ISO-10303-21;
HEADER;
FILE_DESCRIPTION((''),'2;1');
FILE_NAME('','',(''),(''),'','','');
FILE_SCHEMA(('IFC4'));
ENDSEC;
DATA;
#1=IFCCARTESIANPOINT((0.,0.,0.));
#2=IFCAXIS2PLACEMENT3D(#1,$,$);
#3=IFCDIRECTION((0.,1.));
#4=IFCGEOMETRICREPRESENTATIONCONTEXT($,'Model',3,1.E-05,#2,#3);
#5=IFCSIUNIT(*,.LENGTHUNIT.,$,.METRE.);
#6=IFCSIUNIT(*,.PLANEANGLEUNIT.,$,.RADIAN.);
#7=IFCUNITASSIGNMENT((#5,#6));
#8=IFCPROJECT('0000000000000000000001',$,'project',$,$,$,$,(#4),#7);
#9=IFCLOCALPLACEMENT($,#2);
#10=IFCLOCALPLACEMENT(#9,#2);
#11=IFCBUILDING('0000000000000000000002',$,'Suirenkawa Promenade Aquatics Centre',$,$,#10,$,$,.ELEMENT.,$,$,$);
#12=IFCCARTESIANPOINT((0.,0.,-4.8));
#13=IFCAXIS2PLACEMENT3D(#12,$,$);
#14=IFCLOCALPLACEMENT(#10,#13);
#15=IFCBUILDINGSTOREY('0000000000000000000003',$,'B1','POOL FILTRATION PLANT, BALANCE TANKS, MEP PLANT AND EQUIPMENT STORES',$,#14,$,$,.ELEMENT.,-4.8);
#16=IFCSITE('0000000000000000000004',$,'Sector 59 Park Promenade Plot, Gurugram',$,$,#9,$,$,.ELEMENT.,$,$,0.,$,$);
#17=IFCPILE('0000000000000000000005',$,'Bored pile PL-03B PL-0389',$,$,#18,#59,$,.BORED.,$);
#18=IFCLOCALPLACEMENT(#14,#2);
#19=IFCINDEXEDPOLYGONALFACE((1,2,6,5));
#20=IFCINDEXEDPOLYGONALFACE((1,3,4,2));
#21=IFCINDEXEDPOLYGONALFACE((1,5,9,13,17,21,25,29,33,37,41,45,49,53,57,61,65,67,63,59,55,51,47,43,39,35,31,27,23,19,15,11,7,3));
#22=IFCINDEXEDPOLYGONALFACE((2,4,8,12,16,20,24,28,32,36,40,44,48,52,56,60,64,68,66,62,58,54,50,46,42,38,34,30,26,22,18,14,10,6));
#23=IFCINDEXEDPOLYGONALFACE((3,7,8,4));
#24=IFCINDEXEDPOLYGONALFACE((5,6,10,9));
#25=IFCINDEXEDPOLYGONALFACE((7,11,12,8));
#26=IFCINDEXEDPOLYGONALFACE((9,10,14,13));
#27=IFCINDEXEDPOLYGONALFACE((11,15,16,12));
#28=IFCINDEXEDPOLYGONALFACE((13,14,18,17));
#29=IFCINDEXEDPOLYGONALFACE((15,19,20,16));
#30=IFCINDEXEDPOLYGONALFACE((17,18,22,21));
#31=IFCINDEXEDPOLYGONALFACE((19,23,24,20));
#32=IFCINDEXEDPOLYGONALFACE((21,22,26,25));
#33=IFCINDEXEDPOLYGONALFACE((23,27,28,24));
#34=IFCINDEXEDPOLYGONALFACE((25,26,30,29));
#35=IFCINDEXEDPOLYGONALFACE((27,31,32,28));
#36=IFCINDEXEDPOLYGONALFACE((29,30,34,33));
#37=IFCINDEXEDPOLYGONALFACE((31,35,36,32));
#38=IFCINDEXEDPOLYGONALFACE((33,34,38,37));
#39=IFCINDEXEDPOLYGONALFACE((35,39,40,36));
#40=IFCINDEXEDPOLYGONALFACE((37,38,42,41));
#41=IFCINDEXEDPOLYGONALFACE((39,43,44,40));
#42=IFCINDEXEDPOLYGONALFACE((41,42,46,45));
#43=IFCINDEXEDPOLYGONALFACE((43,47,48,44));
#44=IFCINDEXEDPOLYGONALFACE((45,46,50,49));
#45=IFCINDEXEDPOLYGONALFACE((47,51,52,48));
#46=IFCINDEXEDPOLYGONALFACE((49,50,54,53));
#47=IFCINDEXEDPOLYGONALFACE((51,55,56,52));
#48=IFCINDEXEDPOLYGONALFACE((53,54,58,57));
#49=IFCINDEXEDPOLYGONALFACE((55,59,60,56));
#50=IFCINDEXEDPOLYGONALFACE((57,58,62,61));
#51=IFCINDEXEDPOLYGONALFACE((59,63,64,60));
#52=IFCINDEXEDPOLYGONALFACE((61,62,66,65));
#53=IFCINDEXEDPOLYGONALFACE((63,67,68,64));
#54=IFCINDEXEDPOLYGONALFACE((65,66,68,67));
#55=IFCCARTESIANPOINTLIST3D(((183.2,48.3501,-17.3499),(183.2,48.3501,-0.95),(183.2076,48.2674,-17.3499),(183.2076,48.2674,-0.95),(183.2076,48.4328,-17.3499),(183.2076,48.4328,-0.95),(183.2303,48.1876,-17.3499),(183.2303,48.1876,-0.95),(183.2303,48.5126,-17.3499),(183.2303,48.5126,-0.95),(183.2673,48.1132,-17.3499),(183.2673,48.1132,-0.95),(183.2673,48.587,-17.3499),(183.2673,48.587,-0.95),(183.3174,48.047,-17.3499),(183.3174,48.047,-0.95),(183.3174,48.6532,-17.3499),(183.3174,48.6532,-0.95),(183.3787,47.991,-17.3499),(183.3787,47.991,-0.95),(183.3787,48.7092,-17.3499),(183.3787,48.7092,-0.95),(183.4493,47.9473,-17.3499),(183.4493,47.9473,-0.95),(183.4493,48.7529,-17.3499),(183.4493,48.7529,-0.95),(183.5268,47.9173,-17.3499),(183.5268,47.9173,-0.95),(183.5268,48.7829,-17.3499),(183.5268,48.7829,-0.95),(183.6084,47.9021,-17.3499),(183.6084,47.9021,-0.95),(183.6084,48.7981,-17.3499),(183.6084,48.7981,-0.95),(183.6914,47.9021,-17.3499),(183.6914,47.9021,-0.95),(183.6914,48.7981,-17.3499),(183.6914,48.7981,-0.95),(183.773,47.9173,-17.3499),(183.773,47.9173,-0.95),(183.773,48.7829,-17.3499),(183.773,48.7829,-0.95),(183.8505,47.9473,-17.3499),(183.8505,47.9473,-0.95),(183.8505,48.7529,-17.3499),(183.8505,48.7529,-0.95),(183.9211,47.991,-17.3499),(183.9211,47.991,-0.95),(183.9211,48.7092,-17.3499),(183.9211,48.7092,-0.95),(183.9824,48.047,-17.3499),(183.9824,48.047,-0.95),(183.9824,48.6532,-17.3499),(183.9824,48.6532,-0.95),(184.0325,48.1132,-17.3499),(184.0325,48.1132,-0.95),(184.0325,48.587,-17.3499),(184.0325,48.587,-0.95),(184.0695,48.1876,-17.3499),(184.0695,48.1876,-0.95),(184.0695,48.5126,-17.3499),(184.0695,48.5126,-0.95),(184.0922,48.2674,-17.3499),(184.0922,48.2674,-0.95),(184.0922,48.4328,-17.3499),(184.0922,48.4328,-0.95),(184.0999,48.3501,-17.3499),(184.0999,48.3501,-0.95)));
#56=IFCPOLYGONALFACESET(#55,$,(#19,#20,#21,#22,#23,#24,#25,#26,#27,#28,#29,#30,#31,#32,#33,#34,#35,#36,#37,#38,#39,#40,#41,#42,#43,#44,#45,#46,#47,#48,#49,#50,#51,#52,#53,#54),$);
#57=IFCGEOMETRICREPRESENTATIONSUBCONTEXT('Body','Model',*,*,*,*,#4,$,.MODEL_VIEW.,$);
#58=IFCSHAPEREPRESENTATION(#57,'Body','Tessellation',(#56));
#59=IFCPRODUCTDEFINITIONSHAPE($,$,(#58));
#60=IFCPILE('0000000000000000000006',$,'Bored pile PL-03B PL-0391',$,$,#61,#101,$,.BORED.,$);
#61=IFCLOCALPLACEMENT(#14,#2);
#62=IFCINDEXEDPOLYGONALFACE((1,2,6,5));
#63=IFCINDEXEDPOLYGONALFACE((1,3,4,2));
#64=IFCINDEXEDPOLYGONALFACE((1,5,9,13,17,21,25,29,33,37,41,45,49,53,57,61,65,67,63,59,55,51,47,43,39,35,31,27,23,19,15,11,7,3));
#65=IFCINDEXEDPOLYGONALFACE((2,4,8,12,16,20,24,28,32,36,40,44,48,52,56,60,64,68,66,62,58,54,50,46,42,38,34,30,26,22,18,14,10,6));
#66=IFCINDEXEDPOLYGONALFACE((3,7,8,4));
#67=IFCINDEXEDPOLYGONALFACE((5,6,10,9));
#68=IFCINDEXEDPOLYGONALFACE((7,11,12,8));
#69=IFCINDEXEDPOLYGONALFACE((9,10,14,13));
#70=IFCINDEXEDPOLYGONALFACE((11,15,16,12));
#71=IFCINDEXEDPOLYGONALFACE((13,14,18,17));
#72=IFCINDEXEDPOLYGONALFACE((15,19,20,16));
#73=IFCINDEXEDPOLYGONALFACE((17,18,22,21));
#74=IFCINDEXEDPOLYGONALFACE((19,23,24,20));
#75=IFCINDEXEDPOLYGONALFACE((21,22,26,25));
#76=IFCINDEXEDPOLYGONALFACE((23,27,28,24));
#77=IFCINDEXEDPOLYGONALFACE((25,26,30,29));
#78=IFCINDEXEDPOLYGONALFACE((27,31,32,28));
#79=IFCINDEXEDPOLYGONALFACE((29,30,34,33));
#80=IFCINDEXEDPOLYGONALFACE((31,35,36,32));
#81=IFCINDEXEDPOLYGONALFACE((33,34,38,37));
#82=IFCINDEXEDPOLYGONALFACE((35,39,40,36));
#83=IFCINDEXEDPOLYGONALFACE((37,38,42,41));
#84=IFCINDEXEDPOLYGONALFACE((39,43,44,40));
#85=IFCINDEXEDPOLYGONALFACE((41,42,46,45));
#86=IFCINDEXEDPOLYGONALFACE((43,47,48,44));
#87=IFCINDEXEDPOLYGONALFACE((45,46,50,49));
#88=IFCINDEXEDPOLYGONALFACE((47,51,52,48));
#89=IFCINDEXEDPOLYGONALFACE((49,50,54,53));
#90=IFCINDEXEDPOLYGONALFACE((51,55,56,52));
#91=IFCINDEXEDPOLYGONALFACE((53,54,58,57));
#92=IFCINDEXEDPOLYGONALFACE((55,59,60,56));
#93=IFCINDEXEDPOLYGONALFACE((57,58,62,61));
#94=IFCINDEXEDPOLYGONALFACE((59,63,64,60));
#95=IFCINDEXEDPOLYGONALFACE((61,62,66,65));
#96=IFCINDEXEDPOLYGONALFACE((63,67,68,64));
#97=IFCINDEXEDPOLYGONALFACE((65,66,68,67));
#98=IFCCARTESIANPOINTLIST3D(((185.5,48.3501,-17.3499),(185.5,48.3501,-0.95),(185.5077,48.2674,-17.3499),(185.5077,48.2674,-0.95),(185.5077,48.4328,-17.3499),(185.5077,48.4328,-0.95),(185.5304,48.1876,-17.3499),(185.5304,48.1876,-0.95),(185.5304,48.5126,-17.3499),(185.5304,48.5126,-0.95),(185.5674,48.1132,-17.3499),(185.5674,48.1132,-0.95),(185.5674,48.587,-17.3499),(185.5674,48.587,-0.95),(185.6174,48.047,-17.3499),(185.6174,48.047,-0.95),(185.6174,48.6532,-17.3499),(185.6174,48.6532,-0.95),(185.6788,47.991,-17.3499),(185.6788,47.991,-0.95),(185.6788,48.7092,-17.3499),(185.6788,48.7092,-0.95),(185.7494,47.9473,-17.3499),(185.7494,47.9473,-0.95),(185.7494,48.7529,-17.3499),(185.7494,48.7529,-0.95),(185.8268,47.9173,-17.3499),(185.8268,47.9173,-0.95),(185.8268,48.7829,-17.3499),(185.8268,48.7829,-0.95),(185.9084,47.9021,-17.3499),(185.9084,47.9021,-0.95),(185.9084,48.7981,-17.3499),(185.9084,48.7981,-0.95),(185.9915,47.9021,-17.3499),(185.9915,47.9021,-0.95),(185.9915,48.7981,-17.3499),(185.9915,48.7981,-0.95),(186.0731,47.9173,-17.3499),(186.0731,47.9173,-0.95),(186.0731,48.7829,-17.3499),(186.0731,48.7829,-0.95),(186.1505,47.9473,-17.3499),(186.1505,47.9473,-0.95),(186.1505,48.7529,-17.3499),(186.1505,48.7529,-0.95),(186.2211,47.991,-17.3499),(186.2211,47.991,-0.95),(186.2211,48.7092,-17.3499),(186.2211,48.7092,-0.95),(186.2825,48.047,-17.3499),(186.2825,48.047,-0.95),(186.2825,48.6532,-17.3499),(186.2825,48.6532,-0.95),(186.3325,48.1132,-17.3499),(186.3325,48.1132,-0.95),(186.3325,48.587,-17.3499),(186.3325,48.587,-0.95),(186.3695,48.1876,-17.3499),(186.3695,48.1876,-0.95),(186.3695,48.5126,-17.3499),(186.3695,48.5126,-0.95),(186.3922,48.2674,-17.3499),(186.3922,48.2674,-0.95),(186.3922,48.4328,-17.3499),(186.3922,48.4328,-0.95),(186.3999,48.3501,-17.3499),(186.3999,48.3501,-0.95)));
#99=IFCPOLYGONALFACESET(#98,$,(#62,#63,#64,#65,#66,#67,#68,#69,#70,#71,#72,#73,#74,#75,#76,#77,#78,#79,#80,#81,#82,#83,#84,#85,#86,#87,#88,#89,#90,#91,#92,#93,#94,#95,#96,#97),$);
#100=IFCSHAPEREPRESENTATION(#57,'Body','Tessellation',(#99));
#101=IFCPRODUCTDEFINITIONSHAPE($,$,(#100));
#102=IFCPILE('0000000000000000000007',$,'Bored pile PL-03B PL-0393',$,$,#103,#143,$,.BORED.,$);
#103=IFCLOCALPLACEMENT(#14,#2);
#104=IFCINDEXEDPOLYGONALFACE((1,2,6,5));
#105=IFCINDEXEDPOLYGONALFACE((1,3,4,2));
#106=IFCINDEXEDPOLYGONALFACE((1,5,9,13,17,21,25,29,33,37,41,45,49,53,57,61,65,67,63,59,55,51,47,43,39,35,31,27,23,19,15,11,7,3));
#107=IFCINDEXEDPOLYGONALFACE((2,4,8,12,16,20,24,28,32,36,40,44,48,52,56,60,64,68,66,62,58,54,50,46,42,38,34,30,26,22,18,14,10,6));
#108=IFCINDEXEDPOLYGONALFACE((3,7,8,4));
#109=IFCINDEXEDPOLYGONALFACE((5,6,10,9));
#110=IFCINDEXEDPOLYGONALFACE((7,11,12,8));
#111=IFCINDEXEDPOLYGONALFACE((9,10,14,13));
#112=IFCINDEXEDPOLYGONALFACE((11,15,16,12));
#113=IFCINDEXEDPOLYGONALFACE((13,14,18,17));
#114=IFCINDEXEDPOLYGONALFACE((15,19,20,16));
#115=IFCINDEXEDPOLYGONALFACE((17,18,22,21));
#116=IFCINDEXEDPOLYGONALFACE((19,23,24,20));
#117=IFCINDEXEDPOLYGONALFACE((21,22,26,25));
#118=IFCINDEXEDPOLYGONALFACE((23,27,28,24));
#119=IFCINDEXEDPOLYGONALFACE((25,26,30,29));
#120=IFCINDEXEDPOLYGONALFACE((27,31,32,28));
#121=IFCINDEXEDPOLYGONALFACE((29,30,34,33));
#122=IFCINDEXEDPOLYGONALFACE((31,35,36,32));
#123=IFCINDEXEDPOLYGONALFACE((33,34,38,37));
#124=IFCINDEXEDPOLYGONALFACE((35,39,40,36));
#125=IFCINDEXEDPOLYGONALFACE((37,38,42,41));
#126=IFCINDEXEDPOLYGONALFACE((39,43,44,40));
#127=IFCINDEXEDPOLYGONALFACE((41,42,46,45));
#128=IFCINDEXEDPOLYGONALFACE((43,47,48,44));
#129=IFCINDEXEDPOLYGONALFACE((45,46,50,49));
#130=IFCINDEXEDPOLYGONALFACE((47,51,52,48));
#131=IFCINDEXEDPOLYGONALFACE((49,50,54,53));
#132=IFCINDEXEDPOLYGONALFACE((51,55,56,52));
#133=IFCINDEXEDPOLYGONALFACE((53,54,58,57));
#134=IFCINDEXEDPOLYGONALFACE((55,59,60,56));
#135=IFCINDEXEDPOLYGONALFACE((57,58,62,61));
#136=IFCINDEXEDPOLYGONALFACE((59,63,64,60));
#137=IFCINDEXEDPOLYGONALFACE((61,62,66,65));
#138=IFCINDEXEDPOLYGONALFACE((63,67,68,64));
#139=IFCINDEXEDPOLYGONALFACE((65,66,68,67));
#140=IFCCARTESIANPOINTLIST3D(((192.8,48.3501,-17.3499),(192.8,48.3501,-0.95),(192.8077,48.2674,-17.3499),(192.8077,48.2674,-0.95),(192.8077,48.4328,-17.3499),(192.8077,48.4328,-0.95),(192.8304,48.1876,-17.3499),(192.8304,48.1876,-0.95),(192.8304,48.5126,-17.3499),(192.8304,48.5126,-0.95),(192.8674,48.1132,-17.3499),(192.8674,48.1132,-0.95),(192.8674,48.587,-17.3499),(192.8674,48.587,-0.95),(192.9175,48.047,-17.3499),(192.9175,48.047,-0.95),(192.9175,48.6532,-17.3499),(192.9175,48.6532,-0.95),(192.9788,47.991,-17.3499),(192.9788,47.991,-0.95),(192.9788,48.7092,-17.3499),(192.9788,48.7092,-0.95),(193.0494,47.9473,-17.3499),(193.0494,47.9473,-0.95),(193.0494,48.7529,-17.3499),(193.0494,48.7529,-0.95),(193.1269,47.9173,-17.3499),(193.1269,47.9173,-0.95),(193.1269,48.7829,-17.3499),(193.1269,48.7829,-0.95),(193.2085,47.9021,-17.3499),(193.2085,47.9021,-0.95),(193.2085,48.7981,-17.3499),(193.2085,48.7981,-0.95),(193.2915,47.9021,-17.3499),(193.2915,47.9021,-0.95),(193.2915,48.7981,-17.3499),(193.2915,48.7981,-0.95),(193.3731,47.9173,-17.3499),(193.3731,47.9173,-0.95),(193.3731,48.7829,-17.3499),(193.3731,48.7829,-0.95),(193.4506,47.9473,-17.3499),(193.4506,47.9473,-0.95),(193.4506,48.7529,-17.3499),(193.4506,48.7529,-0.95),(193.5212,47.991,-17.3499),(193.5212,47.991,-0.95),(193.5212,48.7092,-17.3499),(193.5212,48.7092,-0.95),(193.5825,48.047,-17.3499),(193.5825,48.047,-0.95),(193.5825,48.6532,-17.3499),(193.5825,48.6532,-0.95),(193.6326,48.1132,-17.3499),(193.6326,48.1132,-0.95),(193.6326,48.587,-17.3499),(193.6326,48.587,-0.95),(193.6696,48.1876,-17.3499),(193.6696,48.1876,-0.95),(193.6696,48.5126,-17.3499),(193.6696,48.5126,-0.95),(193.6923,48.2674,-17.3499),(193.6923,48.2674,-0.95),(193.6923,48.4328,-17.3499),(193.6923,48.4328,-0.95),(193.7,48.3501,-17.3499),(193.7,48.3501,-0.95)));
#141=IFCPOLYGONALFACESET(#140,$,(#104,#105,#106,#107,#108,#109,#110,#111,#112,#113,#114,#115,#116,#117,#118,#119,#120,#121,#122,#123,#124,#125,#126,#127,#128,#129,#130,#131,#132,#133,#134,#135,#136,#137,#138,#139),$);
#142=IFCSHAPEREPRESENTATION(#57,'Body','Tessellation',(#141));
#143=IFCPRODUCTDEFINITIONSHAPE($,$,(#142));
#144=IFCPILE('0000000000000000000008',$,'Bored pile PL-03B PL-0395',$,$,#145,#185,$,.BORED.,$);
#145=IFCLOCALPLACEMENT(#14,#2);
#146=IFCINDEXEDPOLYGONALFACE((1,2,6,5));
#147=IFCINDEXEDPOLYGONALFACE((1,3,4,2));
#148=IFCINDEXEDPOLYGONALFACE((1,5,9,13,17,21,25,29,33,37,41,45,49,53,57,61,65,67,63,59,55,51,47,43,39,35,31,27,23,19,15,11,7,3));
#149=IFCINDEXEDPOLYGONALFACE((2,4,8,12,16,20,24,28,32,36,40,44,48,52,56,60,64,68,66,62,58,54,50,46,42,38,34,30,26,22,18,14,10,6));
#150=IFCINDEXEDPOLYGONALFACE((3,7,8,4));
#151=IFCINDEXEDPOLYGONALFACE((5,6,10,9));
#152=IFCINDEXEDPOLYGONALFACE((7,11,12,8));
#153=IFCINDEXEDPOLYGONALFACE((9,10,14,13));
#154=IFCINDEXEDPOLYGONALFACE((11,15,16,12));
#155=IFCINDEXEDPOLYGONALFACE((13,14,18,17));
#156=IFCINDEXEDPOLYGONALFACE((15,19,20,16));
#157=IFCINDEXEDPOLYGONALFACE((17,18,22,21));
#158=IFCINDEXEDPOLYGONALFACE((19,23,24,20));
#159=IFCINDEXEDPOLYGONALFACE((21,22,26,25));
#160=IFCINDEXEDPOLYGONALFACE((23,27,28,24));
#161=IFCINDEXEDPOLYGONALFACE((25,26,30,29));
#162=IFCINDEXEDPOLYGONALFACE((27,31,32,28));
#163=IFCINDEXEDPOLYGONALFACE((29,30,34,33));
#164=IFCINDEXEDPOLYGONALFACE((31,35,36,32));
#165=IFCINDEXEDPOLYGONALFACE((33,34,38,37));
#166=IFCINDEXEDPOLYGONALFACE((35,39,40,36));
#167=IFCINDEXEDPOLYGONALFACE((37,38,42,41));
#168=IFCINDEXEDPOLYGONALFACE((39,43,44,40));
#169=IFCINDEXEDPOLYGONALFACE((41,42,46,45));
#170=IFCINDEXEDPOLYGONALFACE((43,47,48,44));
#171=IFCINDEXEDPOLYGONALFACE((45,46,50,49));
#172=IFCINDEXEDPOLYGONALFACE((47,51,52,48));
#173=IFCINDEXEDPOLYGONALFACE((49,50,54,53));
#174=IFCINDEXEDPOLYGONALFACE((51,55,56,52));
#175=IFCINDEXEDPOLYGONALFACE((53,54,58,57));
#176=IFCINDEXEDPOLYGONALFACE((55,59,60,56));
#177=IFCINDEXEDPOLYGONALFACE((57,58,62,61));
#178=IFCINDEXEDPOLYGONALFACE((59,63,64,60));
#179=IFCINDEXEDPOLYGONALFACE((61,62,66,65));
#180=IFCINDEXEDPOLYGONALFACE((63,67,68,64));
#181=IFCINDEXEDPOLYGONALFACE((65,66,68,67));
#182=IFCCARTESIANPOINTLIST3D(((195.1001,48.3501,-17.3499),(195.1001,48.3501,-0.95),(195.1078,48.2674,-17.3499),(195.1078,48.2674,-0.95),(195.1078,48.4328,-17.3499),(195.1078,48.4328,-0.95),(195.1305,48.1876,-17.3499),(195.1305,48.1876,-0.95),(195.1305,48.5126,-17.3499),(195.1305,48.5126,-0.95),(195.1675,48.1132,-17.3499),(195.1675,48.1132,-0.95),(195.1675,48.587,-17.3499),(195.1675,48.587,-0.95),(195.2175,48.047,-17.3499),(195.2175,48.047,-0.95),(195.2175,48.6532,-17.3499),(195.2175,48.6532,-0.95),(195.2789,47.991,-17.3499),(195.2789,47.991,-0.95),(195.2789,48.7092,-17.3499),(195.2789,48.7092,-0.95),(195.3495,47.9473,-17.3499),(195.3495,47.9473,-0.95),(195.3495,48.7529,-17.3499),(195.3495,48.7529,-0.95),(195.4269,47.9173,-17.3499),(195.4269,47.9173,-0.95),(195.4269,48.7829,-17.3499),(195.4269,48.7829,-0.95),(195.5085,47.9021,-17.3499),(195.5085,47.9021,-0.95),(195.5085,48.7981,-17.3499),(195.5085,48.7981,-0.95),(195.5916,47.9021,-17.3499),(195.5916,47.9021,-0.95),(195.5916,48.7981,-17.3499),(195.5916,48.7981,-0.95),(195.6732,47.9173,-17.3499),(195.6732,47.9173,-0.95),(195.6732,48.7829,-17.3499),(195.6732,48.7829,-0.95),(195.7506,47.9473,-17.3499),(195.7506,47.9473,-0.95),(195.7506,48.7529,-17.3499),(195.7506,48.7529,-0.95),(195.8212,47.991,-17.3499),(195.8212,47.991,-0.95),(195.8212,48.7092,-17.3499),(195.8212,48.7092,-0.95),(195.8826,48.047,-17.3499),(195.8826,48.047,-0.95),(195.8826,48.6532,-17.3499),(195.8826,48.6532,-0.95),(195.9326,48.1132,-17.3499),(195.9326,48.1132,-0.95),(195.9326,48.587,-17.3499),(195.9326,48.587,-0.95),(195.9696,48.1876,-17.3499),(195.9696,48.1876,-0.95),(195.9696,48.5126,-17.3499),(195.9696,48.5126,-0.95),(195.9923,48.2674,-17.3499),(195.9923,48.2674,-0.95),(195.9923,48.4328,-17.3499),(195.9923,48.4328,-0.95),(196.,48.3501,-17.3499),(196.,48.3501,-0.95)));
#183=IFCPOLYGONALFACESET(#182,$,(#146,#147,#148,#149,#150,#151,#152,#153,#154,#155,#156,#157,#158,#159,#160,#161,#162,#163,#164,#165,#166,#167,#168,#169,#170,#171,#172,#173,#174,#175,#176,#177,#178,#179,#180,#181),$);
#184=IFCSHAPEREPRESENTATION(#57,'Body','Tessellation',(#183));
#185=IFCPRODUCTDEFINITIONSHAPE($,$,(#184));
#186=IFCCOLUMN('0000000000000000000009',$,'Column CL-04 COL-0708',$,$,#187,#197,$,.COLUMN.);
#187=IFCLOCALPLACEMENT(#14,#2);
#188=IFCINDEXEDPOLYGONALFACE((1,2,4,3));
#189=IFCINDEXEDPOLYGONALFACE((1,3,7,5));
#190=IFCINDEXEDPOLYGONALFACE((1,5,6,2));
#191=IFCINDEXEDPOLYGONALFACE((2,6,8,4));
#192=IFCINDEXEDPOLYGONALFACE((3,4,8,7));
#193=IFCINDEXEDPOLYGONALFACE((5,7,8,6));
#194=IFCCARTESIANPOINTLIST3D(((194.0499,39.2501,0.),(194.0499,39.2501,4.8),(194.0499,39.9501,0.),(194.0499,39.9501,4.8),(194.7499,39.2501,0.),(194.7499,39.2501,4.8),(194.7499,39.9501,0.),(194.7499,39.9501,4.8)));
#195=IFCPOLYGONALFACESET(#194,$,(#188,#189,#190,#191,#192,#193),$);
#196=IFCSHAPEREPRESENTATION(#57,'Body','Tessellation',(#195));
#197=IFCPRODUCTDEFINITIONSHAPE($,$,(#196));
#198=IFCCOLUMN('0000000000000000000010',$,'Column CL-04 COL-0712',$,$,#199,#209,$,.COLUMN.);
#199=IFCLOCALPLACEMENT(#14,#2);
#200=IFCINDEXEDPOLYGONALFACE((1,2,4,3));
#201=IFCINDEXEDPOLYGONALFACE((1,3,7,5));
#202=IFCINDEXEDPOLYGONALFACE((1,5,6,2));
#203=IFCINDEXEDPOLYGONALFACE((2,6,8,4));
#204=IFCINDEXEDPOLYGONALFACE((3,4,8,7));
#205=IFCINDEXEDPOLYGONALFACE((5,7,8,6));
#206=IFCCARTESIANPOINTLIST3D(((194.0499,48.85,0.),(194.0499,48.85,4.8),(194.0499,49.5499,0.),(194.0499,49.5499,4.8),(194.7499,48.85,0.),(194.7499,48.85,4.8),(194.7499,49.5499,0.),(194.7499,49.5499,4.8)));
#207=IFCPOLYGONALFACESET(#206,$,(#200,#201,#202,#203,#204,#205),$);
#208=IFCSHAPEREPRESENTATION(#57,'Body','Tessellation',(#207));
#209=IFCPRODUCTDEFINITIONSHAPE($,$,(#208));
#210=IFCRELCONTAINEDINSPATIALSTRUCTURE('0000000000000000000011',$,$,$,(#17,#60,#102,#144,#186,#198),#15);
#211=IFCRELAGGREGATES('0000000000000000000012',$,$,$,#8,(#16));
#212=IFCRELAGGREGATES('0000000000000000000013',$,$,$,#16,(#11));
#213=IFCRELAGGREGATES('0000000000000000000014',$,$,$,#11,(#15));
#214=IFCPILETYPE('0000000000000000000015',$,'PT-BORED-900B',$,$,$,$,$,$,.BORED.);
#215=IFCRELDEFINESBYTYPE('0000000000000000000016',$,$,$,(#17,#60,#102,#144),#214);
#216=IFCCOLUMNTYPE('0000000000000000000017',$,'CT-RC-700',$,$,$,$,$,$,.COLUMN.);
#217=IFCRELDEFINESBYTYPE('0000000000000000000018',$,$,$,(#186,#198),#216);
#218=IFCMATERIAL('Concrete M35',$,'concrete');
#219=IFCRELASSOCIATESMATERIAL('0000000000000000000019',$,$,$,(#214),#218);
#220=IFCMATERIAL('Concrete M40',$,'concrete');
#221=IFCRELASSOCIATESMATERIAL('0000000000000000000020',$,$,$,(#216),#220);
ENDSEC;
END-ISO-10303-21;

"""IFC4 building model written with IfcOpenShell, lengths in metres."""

from ifc_helpers import new_model, si_unit, direction, frame, origin, origin_2d, place, context, subcontext, project, spatial, rectangle, circle, extrude, material, material_profile, profile_set, type_object, element, save


model = new_model("IFC4")

# Units and contexts
model_context = context("Model", 3, precision=1e-05, world=origin(), true_north=direction((0.0, 1.0)))
body_context = subcontext(model_context, "Body", "Model", "MODEL_VIEW")
ifc_project = project(units=[si_unit("LENGTHUNIT", "METRE"), si_unit("PLANEANGLEUNIT", "RADIAN")], contexts=[model_context])

# Site, building, storey
site_placement = place(None, origin())
site = spatial("IfcSite", under=ifc_project, at=site_placement, Name="Sector 59 Park Promenade Plot, Gurugram", CompositionType="ELEMENT", RefElevation=0.0)
building_placement = place(site_placement, origin())
building = spatial("IfcBuilding", under=site, at=building_placement, Name="Suirenkawa Promenade Aquatics Centre", CompositionType="ELEMENT")
storey_placement = place(building_placement, frame((0.0, 0.0, -4.8)))
storey = spatial("IfcBuildingStorey", under=building, at=storey_placement, Name="B1", Description="POOL FILTRATION PLANT, BALANCE TANKS, MEP PLANT AND EQUIPMENT STORES", CompositionType="ELEMENT", Elevation=-4.8)

# Shared definitions
ifc_material_1 = material(Name="Concrete M35", Category="concrete")

# Piles
ifc_material_profile_1 = material_profile(ifc_material_1, circle(Radius=0.45, at=origin_2d()), Name="PILE D900", Category="concrete")
ifc_profile_set_1 = profile_set([ifc_material_profile_1], Name="Concrete M35")
pile_type_1 = type_object("IfcPileType", Name="PT-BORED-900B", PredefinedType="BORED", material=ifc_profile_set_1)
for number, where, z_axis, x_axis, name in (
    (1, (183.6499, 48.3501, -0.95), (0.0, 0.0, -1.0), (1.0, 0.0, 0.0), "Bored pile PL-03B PL-0389"),
    (2, (185.95, 48.3501, -0.95), (0.0, 0.0, -1.0), (1.0, 0.0, 0.0), "Bored pile PL-03B PL-0391"),
    (3, (193.25, 48.3501, -0.95), (0.0, 0.0, -1.0), (1.0, 0.0, 0.0), "Bored pile PL-03B PL-0393"),
    (4, (195.55, 48.3501, -0.95), (0.0, 0.0, -1.0), (1.0, 0.0, 0.0), "Bored pile PL-03B PL-0395"),
):
    element("IfcPile", number, at=place(storey_placement, frame(where, z_axis=z_axis, x_axis=x_axis)), inside=storey, type_object=pile_type_1, Name=name, PredefinedType="BORED", context=body_context, shape_type="SweptSolid", body=[
        extrude(circle(Radius=0.45, at=origin_2d()), origin(), (0.0, 0.0, 1.0), 16.3999),
    ])

# Columns
ifc_material_2 = material(Name="Concrete M40", Category="concrete")
ifc_material_profile_2 = material_profile(ifc_material_2, rectangle(XDim=0.7, YDim=0.7, at=origin_2d()), Name="RC COL 700x700", Category="concrete")
ifc_profile_set_2 = profile_set([ifc_material_profile_2], Name="Concrete M40")
column_type_1 = type_object("IfcColumnType", Name="CT-RC-700", PredefinedType="COLUMN", material=ifc_profile_set_2)
for number, where, z_axis, x_axis, name in (
    (5, (194.3999, 39.6001, 0.0), (0.0, 0.0, 1.0), (1.0, 0.0, 0.0), "Column CL-04 COL-0708"),
    (6, (194.3999, 49.2, 0.0), (0.0, 0.0, 1.0), (1.0, 0.0, 0.0), "Column CL-04 COL-0712"),
):
    element("IfcColumn", number, at=place(storey_placement, frame(where, z_axis=z_axis, x_axis=x_axis)), inside=storey, type_object=column_type_1, Name=name, PredefinedType="COLUMN", context=body_context, shape_type="SweptSolid", body=[
        extrude(rectangle(XDim=0.7, YDim=0.7, at=origin_2d()), origin(), (0.0, 0.0, 1.0), 4.8),
    ])

save(model, "model.ifc")
